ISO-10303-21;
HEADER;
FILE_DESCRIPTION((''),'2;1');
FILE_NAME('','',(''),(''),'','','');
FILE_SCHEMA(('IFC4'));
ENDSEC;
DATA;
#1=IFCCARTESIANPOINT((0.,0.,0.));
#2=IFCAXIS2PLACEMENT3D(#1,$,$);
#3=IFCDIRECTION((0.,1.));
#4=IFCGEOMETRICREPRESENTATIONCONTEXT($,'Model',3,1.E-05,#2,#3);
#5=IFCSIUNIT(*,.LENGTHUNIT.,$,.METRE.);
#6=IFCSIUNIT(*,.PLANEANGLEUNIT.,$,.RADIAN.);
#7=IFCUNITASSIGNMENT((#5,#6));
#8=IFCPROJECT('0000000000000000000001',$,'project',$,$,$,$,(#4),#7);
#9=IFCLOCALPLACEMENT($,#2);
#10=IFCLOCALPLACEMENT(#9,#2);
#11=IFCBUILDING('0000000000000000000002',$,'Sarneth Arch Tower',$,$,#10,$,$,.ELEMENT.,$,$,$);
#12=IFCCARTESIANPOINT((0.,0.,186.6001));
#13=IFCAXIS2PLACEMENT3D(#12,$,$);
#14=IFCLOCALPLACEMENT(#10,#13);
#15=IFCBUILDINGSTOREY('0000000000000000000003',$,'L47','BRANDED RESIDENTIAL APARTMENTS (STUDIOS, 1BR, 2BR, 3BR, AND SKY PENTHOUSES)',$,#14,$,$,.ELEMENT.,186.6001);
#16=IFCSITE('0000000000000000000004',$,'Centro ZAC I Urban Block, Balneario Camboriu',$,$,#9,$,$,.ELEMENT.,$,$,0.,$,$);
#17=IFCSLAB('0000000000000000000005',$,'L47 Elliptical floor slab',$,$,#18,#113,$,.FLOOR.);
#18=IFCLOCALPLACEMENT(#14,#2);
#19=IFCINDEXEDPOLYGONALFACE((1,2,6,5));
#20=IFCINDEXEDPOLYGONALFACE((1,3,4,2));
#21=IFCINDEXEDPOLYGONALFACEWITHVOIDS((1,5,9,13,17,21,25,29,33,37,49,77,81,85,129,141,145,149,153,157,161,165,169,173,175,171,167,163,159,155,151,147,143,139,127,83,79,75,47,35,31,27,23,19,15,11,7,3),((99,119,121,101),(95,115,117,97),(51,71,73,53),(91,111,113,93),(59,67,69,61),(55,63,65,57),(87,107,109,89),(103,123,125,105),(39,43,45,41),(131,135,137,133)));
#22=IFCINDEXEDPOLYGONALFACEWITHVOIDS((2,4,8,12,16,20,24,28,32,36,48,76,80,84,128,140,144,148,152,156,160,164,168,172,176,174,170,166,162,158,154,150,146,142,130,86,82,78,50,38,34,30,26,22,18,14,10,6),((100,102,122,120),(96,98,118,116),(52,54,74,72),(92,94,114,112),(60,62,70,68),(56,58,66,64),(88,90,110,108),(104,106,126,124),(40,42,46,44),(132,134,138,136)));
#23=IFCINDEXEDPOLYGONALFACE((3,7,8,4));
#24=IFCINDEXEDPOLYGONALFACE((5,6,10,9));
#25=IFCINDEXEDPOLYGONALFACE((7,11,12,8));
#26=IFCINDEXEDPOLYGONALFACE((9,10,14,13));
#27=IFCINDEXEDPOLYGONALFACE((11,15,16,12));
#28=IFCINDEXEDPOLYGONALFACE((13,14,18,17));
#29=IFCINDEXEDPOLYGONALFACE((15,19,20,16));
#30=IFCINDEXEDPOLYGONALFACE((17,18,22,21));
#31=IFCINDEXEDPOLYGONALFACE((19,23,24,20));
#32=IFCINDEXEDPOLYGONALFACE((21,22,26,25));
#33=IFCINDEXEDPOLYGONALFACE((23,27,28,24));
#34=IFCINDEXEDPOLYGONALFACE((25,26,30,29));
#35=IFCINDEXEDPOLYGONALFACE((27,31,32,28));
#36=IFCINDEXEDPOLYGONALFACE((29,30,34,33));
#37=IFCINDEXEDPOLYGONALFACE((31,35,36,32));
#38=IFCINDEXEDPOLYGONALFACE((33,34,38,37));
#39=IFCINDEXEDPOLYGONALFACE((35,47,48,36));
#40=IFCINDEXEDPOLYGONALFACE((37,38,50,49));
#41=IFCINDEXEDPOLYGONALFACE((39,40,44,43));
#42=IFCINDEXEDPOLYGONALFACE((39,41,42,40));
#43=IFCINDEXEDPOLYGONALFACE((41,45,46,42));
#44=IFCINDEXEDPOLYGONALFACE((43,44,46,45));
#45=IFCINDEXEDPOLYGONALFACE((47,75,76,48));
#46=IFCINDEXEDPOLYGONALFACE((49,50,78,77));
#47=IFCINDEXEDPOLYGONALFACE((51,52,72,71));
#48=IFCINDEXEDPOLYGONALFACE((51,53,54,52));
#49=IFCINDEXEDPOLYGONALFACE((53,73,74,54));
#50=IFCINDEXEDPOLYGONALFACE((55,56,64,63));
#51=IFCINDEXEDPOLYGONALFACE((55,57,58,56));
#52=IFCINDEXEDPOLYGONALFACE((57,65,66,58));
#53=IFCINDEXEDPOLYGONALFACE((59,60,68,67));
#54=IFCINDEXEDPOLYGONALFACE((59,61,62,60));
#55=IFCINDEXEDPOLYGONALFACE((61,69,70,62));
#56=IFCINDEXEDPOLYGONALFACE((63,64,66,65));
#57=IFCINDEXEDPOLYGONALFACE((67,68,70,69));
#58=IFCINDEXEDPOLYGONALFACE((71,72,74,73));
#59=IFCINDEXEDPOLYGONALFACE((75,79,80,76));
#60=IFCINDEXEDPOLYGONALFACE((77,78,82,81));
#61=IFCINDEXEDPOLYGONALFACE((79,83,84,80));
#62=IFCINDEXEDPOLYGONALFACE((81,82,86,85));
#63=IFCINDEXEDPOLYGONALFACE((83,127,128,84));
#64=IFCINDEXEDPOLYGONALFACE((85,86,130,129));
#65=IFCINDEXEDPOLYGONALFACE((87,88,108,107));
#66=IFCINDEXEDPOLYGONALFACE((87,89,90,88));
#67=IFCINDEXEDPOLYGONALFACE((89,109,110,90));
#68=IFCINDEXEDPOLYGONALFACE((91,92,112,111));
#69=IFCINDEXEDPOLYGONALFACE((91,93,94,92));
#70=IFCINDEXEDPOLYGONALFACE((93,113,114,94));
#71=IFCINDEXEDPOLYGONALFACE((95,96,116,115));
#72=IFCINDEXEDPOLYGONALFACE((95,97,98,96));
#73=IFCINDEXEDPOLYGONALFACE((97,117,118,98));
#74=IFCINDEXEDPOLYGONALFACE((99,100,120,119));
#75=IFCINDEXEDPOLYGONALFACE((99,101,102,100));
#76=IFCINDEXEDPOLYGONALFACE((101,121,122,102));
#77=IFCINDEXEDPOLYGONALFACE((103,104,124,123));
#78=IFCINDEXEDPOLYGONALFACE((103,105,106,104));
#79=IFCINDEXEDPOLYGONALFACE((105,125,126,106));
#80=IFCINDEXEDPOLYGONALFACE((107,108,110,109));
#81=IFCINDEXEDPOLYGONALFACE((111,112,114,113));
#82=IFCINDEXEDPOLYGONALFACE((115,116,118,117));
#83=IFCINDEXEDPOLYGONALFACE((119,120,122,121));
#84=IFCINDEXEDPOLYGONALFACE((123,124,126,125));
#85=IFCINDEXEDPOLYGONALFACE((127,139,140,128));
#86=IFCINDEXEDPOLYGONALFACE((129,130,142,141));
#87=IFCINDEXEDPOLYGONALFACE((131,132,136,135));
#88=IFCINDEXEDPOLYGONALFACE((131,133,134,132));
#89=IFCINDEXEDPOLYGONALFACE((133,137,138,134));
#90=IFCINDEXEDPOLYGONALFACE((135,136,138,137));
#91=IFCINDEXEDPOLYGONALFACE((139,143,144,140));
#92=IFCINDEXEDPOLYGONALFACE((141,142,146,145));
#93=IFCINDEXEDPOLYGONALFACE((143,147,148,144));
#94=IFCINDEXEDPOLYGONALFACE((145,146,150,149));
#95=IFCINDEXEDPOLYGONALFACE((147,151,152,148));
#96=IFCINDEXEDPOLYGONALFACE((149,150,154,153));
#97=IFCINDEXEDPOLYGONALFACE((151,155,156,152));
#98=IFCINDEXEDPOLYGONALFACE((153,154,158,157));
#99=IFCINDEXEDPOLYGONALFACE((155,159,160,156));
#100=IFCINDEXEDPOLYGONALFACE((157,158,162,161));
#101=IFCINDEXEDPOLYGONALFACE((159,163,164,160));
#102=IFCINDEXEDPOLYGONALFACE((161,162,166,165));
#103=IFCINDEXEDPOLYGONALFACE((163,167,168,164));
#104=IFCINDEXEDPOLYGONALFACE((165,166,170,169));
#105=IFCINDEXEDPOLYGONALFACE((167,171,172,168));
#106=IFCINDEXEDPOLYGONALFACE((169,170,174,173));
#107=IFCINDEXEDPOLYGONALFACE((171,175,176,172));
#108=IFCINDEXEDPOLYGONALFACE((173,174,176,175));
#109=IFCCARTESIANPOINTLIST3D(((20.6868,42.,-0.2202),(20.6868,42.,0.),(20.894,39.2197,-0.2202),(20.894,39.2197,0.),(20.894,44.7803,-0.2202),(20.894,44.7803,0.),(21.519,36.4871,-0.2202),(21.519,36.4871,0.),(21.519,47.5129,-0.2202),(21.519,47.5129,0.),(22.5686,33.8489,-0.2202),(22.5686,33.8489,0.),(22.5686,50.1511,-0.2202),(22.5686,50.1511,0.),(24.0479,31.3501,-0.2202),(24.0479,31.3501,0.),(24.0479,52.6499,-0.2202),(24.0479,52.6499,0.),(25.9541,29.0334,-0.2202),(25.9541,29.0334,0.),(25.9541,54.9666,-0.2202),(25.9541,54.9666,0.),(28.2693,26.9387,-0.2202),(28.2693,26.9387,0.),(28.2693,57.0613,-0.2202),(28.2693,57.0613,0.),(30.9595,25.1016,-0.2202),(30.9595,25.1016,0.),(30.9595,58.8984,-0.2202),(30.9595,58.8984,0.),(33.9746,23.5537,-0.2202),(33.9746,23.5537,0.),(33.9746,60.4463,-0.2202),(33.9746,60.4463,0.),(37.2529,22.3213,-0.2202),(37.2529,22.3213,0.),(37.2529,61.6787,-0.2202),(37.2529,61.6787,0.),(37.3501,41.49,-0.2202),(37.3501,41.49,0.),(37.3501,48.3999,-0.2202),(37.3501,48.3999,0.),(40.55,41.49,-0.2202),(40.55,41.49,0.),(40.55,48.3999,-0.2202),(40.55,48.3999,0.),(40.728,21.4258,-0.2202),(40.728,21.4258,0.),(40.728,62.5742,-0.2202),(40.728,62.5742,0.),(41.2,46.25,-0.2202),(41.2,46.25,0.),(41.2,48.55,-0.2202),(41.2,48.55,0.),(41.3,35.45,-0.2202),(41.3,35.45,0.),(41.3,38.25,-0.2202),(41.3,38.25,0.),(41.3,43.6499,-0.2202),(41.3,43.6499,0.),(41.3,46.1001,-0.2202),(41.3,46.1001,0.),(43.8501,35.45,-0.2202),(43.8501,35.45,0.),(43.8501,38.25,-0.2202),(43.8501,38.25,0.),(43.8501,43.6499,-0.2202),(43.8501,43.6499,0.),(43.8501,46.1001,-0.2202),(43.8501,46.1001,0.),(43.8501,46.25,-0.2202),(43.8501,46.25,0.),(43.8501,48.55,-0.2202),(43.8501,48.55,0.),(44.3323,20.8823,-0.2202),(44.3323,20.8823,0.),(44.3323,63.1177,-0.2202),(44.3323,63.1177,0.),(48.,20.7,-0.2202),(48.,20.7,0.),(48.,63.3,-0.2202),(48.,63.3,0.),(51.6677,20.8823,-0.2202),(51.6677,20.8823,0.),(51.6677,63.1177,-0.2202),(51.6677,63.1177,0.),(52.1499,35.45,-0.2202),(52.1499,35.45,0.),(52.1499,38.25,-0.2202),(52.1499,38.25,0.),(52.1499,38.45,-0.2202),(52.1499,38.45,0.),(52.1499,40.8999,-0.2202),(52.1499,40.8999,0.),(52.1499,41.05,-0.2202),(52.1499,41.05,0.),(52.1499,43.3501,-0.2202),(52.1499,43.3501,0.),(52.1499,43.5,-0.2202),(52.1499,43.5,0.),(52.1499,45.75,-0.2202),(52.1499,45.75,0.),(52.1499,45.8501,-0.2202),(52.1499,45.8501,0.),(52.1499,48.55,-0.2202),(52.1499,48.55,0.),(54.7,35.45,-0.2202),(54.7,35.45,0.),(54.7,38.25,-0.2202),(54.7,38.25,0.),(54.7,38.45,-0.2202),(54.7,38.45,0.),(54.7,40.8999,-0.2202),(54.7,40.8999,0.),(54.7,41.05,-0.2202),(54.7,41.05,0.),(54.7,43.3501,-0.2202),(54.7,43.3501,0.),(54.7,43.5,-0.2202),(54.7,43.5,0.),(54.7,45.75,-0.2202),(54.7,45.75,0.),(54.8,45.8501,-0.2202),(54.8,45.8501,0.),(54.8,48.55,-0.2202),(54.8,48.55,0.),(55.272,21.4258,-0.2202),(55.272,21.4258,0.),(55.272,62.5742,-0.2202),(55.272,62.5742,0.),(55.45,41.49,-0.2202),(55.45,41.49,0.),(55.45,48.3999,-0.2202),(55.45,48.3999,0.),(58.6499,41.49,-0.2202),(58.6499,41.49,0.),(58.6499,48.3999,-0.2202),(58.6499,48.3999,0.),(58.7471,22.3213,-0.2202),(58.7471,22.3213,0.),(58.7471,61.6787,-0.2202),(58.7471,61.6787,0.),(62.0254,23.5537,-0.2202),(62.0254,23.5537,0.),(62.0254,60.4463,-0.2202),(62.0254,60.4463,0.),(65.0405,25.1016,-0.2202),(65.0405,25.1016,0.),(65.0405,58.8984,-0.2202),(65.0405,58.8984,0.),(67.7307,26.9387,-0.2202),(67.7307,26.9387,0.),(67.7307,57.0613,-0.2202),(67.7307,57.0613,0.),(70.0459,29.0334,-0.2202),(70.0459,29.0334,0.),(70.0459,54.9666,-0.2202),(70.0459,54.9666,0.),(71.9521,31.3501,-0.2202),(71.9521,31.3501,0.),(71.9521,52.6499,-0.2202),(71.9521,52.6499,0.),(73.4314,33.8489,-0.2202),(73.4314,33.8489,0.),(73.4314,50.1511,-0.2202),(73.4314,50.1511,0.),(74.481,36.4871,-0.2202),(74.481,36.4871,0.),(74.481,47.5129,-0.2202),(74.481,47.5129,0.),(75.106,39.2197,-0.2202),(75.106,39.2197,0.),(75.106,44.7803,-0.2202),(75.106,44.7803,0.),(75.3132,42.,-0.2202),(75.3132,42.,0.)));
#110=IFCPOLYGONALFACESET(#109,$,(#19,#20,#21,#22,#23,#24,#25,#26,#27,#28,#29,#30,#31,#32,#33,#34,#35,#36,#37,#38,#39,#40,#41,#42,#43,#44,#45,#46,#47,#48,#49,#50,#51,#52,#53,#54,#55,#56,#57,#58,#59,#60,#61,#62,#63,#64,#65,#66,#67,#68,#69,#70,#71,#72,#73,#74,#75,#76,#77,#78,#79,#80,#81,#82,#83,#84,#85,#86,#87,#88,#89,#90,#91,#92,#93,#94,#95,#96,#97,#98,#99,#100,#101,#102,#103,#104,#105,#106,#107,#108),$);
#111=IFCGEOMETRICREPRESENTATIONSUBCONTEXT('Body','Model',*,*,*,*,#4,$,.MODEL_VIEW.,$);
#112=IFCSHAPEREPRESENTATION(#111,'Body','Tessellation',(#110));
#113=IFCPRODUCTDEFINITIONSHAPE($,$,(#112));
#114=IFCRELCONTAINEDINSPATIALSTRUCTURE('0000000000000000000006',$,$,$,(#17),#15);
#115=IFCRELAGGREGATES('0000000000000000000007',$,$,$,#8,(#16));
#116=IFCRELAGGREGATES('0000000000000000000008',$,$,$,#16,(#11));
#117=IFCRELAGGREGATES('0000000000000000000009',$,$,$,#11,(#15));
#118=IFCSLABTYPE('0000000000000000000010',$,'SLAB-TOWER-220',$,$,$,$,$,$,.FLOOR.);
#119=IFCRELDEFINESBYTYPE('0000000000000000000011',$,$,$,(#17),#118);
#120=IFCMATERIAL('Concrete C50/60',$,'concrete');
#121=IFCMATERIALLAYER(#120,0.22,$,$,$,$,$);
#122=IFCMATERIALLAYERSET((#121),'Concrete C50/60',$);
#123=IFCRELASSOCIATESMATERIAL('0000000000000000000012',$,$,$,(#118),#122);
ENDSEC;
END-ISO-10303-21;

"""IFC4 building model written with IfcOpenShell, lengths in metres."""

from ifc_helpers import new_model, si_unit, direction, frame, origin, place, context, subcontext, project, spatial, polyline, outline, extrude, material, layer, layer_set, type_object, element, save


model = new_model("IFC4")

# Units and contexts
model_context = context("Model", 3, precision=1e-05, world=origin(), true_north=direction((0.0, 1.0)))
body_context = subcontext(model_context, "Body", "Model", "MODEL_VIEW")
ifc_project = project(units=[si_unit("LENGTHUNIT", "METRE"), si_unit("PLANEANGLEUNIT", "RADIAN")], contexts=[model_context])

# Site, building, storey
site_placement = place(None, origin())
site = spatial("IfcSite", under=ifc_project, at=site_placement, Name="Centro ZAC I Urban Block, Balneario Camboriu", CompositionType="ELEMENT", RefElevation=0.0)
building_placement = place(site_placement, origin())
building = spatial("IfcBuilding", under=site, at=building_placement, Name="Sarneth Arch Tower", CompositionType="ELEMENT")
storey_placement = place(building_placement, frame((0.0, 0.0, 186.6001)))
storey = spatial("IfcBuildingStorey", under=building, at=storey_placement, Name="L47", Description="BRANDED RESIDENTIAL APARTMENTS (STUDIOS, 1BR, 2BR, 3BR, AND SKY PENTHOUSES)", CompositionType="ELEMENT", Elevation=186.6001)

# Slab
ifc_material_1 = material(Name="Concrete C50/60", Category="concrete")
ifc_layer_1 = layer(ifc_material_1, 0.22)
ifc_layer_set_1 = layer_set([ifc_layer_1], Name="Concrete C50/60")
slab_type_1 = type_object("IfcSlabType", Name="SLAB-TOWER-220", PredefinedType="FLOOR", material=ifc_layer_set_1)
slab_1_placement = place(storey_placement, frame((0.0, 0.0, -0.2202)))
element("IfcSlab", 1, at=slab_1_placement, inside=storey, type_object=slab_type_1, Name="L47 Elliptical floor slab", PredefinedType="FLOOR", context=body_context, shape_type="SweptSolid", body=[
    extrude(outline(polyline([(75.3132, 42.0), (75.106, 44.7803), (74.481, 47.5129), (73.4314, 50.1511), (71.9521, 52.6499), (70.0459, 54.9666), (67.7307, 57.0613), (65.0405, 58.8984), (62.0254, 60.4463), (58.7471, 61.6787), (55.272, 62.5742), (51.6677, 63.1177), (48.0, 63.3), (44.3323, 63.1177), (40.728, 62.5742), (37.2529, 61.6787), (33.9746, 60.4463), (30.9595, 58.8984), (28.2693, 57.0613), (25.9541, 54.9666), (24.0479, 52.6499), (22.5686, 50.1511), (21.519, 47.5129), (20.894, 44.7803), (20.6868, 42.0), (20.894, 39.2197), (21.519, 36.4871), (22.5686, 33.8489), (24.0479, 31.3501), (25.9541, 29.0334), (28.2693, 26.9387), (30.9595, 25.1016), (33.9746, 23.5537), (37.2529, 22.3213), (40.728, 21.4258), (44.3323, 20.8823), (48.0, 20.7), (51.6677, 20.8823), (55.272, 21.4258), (58.7471, 22.3213), (62.0254, 23.5537), (65.0405, 25.1016), (67.7307, 26.9387), (70.0459, 29.0334), (71.9521, 31.3501), (73.4314, 33.8489), (74.481, 36.4871), (75.106, 39.2197), (75.3132, 42.0)]), holes=[polyline([(37.3501, 41.49), (40.55, 41.49), (40.55, 48.3999), (37.3501, 48.3999), (37.3501, 41.49)]), polyline([(55.45, 41.49), (58.6499, 41.49), (58.6499, 48.3999), (55.45, 48.3999), (55.45, 41.49)]), polyline([(41.2, 46.25), (43.8501, 46.25), (43.8501, 48.55), (41.2, 48.55), (41.2, 46.25)]), polyline([(41.3, 35.45), (43.8501, 35.45), (43.8501, 38.25), (41.3, 38.25), (41.3, 35.45)]), polyline([(52.1499, 35.45), (54.7, 35.45), (54.7, 38.25), (52.1499, 38.25), (52.1499, 35.45)]), polyline([(52.1499, 45.8501), (54.8, 45.8501), (54.8, 48.55), (52.1499, 48.55), (52.1499, 45.8501)]), polyline([(41.3, 43.6499), (43.8501, 43.6499), (43.8501, 46.1001), (41.3, 46.1001), (41.3, 43.6499)]), polyline([(52.1499, 38.45), (54.7, 38.45), (54.7, 40.8999), (52.1499, 40.8999), (52.1499, 38.45)]), polyline([(52.1499, 41.05), (54.7, 41.05), (54.7, 43.3501), (52.1499, 43.3501), (52.1499, 41.05)]), polyline([(52.1499, 43.5), (54.7, 43.5), (54.7, 45.75), (52.1499, 45.75), (52.1499, 43.5)])]), origin(), (0.0, 0.0, 1.0), 0.2202),
])

save(model, "model.ifc")
